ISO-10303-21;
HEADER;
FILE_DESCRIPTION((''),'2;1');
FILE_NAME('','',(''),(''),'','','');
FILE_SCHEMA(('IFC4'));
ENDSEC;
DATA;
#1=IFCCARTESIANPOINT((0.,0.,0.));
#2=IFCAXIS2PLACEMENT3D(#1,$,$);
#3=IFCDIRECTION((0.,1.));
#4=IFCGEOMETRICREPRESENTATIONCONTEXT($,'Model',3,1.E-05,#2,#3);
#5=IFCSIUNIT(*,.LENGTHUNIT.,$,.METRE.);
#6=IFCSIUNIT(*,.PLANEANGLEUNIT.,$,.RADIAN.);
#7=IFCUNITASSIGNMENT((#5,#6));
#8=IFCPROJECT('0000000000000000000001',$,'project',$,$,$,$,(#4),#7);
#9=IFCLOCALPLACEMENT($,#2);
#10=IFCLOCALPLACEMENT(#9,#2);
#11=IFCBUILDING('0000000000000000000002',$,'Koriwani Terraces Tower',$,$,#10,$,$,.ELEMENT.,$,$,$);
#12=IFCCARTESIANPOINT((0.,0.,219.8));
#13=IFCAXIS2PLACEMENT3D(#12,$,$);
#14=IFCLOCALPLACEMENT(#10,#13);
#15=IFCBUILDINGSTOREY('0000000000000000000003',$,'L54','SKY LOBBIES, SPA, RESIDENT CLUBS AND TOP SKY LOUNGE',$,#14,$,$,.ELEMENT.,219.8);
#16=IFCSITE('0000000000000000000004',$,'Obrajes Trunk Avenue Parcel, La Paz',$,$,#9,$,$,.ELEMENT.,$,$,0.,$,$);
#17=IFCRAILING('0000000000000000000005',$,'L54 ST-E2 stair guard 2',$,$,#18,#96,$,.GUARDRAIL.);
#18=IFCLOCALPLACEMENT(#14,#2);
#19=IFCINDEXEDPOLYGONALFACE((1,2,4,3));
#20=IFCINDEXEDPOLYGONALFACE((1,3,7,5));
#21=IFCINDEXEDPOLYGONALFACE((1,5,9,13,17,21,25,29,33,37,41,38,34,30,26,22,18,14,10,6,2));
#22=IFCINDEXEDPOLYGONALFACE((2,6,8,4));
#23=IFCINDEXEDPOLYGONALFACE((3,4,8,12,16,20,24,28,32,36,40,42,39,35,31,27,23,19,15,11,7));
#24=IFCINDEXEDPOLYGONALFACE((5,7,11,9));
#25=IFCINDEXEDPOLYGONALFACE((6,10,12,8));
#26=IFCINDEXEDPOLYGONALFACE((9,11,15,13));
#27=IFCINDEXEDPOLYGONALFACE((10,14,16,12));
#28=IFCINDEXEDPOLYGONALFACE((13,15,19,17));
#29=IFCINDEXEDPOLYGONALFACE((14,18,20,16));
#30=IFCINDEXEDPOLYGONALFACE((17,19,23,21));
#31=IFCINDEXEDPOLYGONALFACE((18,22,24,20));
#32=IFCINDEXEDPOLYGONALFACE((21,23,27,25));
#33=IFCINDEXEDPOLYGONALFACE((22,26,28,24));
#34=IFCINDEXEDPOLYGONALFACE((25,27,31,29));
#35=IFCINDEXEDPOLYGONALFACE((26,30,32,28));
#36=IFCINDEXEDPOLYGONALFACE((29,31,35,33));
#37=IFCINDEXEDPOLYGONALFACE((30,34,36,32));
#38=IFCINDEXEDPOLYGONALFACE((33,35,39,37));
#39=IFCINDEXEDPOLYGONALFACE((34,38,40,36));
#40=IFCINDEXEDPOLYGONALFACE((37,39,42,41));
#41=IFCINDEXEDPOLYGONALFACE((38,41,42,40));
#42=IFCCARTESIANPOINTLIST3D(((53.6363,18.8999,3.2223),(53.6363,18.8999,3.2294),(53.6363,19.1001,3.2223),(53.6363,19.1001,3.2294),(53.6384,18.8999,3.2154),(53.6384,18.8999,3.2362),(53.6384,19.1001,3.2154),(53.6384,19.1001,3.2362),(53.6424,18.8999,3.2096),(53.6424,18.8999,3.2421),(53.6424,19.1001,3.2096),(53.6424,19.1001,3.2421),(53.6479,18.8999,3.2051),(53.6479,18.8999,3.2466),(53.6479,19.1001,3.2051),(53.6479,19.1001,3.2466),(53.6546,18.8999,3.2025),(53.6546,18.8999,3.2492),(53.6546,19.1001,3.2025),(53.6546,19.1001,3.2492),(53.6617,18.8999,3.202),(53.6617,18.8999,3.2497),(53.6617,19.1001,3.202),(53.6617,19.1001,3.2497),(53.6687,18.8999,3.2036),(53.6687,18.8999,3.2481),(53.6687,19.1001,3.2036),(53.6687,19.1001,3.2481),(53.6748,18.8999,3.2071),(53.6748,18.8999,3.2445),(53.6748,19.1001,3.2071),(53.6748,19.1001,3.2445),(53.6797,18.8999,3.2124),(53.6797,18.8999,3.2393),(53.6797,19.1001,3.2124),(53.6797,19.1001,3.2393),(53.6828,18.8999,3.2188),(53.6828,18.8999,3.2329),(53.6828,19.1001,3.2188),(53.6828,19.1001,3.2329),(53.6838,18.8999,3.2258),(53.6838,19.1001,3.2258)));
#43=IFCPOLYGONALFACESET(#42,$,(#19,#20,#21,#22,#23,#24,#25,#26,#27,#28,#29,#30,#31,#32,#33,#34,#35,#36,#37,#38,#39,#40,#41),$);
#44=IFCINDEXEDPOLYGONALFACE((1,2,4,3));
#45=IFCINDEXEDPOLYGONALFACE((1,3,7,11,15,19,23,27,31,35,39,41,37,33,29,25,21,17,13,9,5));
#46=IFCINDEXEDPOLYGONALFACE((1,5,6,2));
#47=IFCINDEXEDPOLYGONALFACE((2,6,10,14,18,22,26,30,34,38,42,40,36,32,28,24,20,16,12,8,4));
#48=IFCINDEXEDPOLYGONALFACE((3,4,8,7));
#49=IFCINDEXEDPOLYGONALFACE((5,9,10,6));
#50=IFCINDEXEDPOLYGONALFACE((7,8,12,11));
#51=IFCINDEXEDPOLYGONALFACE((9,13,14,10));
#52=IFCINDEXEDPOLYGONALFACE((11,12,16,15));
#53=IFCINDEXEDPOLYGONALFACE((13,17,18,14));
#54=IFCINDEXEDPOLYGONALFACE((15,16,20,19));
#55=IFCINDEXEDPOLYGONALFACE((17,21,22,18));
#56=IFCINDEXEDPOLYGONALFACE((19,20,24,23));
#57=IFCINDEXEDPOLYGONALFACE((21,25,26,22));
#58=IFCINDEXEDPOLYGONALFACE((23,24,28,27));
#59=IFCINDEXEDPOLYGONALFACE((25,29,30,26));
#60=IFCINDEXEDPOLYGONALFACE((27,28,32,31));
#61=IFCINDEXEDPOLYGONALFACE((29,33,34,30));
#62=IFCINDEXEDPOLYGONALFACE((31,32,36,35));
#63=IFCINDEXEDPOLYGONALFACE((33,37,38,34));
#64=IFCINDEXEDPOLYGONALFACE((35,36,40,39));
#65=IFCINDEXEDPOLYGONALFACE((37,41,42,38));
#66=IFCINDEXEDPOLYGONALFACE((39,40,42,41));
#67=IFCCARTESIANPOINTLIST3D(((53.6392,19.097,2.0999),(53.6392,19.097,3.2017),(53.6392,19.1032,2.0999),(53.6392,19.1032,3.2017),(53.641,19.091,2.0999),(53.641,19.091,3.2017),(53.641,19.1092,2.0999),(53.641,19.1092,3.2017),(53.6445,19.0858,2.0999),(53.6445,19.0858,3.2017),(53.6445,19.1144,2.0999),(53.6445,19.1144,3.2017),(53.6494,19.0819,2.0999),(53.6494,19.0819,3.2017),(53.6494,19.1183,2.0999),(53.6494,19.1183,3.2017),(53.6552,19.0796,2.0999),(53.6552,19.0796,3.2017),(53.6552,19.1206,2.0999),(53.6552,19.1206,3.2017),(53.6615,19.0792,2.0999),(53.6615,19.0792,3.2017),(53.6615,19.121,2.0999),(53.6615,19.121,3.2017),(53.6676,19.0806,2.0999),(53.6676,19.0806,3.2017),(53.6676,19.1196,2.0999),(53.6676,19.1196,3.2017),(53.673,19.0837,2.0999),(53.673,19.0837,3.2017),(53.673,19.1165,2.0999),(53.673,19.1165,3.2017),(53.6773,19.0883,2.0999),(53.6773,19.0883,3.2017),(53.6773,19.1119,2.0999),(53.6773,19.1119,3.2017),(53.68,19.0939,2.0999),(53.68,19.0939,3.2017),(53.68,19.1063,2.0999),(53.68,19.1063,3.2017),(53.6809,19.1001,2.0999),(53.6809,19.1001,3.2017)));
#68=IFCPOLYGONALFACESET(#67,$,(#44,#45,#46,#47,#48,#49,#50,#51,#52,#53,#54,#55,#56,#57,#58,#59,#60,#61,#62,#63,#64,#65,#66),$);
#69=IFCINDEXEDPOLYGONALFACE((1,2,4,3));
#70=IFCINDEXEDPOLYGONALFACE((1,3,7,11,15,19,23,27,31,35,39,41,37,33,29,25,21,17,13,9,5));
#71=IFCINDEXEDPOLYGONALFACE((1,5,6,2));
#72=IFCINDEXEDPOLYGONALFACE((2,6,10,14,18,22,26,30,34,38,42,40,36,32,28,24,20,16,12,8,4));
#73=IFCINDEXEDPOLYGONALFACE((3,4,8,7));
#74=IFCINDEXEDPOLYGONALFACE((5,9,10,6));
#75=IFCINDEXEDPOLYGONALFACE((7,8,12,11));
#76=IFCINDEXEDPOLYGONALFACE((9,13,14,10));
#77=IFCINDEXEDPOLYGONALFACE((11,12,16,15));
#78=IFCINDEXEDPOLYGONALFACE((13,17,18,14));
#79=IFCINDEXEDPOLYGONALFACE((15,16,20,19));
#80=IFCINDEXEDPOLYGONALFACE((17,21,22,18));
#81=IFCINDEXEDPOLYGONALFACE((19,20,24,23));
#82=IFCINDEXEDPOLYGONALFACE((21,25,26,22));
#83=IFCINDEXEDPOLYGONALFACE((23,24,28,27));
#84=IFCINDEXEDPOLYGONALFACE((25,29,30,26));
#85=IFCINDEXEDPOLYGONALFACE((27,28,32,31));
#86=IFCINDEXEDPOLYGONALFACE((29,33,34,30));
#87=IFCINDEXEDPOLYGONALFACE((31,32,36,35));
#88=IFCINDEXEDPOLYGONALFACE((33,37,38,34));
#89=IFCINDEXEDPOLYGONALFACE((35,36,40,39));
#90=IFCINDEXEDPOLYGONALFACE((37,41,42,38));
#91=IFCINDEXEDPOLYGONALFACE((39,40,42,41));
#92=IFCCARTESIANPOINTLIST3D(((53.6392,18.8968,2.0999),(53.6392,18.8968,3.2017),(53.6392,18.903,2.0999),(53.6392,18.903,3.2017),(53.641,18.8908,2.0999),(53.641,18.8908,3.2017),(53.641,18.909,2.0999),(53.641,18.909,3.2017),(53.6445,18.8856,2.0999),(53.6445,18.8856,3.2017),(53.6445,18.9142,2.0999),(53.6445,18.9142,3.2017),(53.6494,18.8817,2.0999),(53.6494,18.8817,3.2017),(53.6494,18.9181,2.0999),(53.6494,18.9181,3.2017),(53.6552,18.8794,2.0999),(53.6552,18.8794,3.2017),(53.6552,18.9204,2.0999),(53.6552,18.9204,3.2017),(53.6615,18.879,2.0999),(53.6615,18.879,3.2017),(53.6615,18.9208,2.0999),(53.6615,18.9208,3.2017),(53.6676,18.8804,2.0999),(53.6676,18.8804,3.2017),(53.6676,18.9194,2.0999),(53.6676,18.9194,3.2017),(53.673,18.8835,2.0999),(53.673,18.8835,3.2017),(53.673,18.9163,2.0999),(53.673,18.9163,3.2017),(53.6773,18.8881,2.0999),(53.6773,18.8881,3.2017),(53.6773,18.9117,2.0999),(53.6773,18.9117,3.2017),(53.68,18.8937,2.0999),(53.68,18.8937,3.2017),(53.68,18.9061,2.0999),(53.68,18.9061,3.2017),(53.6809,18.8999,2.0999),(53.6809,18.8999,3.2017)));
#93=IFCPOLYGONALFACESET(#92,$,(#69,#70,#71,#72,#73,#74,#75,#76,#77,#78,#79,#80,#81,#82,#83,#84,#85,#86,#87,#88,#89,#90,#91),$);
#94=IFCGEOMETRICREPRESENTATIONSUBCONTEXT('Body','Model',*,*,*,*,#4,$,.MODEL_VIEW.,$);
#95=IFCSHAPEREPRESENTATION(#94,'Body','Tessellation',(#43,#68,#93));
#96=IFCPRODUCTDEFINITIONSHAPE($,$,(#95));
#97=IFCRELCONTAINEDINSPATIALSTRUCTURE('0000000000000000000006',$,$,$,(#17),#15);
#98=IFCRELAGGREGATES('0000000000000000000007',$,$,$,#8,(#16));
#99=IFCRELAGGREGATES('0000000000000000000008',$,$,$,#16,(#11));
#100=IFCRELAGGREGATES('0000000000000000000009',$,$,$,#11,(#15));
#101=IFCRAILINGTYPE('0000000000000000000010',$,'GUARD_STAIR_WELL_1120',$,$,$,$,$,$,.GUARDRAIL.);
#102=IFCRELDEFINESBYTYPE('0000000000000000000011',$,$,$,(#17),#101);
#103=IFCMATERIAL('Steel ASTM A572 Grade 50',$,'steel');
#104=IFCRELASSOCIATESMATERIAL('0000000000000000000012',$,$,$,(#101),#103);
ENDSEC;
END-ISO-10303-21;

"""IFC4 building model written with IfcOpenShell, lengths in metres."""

from ifc_helpers import new_model, si_unit, direction, frame, origin, origin_2d, place, context, subcontext, project, spatial, circle, extrude, material, type_object, element, save


model = new_model("IFC4")

# Units and contexts
model_context = context("Model", 3, precision=1e-05, world=origin(), true_north=direction((0.0, 1.0)))
body_context = subcontext(model_context, "Body", "Model", "MODEL_VIEW")
ifc_project = project(units=[si_unit("LENGTHUNIT", "METRE"), si_unit("PLANEANGLEUNIT", "RADIAN")], contexts=[model_context])

# Site, building, storey
site_placement = place(None, origin())
site = spatial("IfcSite", under=ifc_project, at=site_placement, Name="Obrajes Trunk Avenue Parcel, La Paz", CompositionType="ELEMENT", RefElevation=0.0)
building_placement = place(site_placement, origin())
building = spatial("IfcBuilding", under=site, at=building_placement, Name="Koriwani Terraces Tower", CompositionType="ELEMENT")
storey_placement = place(building_placement, frame((0.0, 0.0, 219.8)))
storey = spatial("IfcBuildingStorey", under=building, at=storey_placement, Name="L54", Description="SKY LOBBIES, SPA, RESIDENT CLUBS AND TOP SKY LOUNGE", CompositionType="ELEMENT", Elevation=219.8)

# Shared definitions
ifc_material_1 = material(Name="Steel ASTM A572 Grade 50", Category="steel")

# Railing
railing_type_1 = type_object("IfcRailingType", Name="GUARD_STAIR_WELL_1120", PredefinedType="GUARDRAIL", material=ifc_material_1)
railing_1_placement = place(storey_placement, frame((53.6599, 19.1001, 2.0999)))
element("IfcRailing", 1, at=railing_1_placement, inside=storey, type_object=railing_type_1, Name="L54 ST-E2 stair guard 2", PredefinedType="GUARDRAIL", context=body_context, shape_type="SweptSolid", body=[
    extrude(circle(Radius=0.0239, at=origin_2d()), frame((0.0, 0.0, 1.126), z_axis=(0.0, -1.0, 0.0), x_axis=(1.0, 0.0, 0.0)), (0.0, 0.0, 1.0), 0.2002),
    extrude(circle(Radius=0.021, at=origin_2d()), origin(), (0.0, 0.0, 1.0), 1.1018),
    extrude(circle(Radius=0.021, at=origin_2d()), frame((0.0, -0.2002, 0.0)), (0.0, 0.0, 1.0), 1.1018),
])

save(model, "model.ifc")
